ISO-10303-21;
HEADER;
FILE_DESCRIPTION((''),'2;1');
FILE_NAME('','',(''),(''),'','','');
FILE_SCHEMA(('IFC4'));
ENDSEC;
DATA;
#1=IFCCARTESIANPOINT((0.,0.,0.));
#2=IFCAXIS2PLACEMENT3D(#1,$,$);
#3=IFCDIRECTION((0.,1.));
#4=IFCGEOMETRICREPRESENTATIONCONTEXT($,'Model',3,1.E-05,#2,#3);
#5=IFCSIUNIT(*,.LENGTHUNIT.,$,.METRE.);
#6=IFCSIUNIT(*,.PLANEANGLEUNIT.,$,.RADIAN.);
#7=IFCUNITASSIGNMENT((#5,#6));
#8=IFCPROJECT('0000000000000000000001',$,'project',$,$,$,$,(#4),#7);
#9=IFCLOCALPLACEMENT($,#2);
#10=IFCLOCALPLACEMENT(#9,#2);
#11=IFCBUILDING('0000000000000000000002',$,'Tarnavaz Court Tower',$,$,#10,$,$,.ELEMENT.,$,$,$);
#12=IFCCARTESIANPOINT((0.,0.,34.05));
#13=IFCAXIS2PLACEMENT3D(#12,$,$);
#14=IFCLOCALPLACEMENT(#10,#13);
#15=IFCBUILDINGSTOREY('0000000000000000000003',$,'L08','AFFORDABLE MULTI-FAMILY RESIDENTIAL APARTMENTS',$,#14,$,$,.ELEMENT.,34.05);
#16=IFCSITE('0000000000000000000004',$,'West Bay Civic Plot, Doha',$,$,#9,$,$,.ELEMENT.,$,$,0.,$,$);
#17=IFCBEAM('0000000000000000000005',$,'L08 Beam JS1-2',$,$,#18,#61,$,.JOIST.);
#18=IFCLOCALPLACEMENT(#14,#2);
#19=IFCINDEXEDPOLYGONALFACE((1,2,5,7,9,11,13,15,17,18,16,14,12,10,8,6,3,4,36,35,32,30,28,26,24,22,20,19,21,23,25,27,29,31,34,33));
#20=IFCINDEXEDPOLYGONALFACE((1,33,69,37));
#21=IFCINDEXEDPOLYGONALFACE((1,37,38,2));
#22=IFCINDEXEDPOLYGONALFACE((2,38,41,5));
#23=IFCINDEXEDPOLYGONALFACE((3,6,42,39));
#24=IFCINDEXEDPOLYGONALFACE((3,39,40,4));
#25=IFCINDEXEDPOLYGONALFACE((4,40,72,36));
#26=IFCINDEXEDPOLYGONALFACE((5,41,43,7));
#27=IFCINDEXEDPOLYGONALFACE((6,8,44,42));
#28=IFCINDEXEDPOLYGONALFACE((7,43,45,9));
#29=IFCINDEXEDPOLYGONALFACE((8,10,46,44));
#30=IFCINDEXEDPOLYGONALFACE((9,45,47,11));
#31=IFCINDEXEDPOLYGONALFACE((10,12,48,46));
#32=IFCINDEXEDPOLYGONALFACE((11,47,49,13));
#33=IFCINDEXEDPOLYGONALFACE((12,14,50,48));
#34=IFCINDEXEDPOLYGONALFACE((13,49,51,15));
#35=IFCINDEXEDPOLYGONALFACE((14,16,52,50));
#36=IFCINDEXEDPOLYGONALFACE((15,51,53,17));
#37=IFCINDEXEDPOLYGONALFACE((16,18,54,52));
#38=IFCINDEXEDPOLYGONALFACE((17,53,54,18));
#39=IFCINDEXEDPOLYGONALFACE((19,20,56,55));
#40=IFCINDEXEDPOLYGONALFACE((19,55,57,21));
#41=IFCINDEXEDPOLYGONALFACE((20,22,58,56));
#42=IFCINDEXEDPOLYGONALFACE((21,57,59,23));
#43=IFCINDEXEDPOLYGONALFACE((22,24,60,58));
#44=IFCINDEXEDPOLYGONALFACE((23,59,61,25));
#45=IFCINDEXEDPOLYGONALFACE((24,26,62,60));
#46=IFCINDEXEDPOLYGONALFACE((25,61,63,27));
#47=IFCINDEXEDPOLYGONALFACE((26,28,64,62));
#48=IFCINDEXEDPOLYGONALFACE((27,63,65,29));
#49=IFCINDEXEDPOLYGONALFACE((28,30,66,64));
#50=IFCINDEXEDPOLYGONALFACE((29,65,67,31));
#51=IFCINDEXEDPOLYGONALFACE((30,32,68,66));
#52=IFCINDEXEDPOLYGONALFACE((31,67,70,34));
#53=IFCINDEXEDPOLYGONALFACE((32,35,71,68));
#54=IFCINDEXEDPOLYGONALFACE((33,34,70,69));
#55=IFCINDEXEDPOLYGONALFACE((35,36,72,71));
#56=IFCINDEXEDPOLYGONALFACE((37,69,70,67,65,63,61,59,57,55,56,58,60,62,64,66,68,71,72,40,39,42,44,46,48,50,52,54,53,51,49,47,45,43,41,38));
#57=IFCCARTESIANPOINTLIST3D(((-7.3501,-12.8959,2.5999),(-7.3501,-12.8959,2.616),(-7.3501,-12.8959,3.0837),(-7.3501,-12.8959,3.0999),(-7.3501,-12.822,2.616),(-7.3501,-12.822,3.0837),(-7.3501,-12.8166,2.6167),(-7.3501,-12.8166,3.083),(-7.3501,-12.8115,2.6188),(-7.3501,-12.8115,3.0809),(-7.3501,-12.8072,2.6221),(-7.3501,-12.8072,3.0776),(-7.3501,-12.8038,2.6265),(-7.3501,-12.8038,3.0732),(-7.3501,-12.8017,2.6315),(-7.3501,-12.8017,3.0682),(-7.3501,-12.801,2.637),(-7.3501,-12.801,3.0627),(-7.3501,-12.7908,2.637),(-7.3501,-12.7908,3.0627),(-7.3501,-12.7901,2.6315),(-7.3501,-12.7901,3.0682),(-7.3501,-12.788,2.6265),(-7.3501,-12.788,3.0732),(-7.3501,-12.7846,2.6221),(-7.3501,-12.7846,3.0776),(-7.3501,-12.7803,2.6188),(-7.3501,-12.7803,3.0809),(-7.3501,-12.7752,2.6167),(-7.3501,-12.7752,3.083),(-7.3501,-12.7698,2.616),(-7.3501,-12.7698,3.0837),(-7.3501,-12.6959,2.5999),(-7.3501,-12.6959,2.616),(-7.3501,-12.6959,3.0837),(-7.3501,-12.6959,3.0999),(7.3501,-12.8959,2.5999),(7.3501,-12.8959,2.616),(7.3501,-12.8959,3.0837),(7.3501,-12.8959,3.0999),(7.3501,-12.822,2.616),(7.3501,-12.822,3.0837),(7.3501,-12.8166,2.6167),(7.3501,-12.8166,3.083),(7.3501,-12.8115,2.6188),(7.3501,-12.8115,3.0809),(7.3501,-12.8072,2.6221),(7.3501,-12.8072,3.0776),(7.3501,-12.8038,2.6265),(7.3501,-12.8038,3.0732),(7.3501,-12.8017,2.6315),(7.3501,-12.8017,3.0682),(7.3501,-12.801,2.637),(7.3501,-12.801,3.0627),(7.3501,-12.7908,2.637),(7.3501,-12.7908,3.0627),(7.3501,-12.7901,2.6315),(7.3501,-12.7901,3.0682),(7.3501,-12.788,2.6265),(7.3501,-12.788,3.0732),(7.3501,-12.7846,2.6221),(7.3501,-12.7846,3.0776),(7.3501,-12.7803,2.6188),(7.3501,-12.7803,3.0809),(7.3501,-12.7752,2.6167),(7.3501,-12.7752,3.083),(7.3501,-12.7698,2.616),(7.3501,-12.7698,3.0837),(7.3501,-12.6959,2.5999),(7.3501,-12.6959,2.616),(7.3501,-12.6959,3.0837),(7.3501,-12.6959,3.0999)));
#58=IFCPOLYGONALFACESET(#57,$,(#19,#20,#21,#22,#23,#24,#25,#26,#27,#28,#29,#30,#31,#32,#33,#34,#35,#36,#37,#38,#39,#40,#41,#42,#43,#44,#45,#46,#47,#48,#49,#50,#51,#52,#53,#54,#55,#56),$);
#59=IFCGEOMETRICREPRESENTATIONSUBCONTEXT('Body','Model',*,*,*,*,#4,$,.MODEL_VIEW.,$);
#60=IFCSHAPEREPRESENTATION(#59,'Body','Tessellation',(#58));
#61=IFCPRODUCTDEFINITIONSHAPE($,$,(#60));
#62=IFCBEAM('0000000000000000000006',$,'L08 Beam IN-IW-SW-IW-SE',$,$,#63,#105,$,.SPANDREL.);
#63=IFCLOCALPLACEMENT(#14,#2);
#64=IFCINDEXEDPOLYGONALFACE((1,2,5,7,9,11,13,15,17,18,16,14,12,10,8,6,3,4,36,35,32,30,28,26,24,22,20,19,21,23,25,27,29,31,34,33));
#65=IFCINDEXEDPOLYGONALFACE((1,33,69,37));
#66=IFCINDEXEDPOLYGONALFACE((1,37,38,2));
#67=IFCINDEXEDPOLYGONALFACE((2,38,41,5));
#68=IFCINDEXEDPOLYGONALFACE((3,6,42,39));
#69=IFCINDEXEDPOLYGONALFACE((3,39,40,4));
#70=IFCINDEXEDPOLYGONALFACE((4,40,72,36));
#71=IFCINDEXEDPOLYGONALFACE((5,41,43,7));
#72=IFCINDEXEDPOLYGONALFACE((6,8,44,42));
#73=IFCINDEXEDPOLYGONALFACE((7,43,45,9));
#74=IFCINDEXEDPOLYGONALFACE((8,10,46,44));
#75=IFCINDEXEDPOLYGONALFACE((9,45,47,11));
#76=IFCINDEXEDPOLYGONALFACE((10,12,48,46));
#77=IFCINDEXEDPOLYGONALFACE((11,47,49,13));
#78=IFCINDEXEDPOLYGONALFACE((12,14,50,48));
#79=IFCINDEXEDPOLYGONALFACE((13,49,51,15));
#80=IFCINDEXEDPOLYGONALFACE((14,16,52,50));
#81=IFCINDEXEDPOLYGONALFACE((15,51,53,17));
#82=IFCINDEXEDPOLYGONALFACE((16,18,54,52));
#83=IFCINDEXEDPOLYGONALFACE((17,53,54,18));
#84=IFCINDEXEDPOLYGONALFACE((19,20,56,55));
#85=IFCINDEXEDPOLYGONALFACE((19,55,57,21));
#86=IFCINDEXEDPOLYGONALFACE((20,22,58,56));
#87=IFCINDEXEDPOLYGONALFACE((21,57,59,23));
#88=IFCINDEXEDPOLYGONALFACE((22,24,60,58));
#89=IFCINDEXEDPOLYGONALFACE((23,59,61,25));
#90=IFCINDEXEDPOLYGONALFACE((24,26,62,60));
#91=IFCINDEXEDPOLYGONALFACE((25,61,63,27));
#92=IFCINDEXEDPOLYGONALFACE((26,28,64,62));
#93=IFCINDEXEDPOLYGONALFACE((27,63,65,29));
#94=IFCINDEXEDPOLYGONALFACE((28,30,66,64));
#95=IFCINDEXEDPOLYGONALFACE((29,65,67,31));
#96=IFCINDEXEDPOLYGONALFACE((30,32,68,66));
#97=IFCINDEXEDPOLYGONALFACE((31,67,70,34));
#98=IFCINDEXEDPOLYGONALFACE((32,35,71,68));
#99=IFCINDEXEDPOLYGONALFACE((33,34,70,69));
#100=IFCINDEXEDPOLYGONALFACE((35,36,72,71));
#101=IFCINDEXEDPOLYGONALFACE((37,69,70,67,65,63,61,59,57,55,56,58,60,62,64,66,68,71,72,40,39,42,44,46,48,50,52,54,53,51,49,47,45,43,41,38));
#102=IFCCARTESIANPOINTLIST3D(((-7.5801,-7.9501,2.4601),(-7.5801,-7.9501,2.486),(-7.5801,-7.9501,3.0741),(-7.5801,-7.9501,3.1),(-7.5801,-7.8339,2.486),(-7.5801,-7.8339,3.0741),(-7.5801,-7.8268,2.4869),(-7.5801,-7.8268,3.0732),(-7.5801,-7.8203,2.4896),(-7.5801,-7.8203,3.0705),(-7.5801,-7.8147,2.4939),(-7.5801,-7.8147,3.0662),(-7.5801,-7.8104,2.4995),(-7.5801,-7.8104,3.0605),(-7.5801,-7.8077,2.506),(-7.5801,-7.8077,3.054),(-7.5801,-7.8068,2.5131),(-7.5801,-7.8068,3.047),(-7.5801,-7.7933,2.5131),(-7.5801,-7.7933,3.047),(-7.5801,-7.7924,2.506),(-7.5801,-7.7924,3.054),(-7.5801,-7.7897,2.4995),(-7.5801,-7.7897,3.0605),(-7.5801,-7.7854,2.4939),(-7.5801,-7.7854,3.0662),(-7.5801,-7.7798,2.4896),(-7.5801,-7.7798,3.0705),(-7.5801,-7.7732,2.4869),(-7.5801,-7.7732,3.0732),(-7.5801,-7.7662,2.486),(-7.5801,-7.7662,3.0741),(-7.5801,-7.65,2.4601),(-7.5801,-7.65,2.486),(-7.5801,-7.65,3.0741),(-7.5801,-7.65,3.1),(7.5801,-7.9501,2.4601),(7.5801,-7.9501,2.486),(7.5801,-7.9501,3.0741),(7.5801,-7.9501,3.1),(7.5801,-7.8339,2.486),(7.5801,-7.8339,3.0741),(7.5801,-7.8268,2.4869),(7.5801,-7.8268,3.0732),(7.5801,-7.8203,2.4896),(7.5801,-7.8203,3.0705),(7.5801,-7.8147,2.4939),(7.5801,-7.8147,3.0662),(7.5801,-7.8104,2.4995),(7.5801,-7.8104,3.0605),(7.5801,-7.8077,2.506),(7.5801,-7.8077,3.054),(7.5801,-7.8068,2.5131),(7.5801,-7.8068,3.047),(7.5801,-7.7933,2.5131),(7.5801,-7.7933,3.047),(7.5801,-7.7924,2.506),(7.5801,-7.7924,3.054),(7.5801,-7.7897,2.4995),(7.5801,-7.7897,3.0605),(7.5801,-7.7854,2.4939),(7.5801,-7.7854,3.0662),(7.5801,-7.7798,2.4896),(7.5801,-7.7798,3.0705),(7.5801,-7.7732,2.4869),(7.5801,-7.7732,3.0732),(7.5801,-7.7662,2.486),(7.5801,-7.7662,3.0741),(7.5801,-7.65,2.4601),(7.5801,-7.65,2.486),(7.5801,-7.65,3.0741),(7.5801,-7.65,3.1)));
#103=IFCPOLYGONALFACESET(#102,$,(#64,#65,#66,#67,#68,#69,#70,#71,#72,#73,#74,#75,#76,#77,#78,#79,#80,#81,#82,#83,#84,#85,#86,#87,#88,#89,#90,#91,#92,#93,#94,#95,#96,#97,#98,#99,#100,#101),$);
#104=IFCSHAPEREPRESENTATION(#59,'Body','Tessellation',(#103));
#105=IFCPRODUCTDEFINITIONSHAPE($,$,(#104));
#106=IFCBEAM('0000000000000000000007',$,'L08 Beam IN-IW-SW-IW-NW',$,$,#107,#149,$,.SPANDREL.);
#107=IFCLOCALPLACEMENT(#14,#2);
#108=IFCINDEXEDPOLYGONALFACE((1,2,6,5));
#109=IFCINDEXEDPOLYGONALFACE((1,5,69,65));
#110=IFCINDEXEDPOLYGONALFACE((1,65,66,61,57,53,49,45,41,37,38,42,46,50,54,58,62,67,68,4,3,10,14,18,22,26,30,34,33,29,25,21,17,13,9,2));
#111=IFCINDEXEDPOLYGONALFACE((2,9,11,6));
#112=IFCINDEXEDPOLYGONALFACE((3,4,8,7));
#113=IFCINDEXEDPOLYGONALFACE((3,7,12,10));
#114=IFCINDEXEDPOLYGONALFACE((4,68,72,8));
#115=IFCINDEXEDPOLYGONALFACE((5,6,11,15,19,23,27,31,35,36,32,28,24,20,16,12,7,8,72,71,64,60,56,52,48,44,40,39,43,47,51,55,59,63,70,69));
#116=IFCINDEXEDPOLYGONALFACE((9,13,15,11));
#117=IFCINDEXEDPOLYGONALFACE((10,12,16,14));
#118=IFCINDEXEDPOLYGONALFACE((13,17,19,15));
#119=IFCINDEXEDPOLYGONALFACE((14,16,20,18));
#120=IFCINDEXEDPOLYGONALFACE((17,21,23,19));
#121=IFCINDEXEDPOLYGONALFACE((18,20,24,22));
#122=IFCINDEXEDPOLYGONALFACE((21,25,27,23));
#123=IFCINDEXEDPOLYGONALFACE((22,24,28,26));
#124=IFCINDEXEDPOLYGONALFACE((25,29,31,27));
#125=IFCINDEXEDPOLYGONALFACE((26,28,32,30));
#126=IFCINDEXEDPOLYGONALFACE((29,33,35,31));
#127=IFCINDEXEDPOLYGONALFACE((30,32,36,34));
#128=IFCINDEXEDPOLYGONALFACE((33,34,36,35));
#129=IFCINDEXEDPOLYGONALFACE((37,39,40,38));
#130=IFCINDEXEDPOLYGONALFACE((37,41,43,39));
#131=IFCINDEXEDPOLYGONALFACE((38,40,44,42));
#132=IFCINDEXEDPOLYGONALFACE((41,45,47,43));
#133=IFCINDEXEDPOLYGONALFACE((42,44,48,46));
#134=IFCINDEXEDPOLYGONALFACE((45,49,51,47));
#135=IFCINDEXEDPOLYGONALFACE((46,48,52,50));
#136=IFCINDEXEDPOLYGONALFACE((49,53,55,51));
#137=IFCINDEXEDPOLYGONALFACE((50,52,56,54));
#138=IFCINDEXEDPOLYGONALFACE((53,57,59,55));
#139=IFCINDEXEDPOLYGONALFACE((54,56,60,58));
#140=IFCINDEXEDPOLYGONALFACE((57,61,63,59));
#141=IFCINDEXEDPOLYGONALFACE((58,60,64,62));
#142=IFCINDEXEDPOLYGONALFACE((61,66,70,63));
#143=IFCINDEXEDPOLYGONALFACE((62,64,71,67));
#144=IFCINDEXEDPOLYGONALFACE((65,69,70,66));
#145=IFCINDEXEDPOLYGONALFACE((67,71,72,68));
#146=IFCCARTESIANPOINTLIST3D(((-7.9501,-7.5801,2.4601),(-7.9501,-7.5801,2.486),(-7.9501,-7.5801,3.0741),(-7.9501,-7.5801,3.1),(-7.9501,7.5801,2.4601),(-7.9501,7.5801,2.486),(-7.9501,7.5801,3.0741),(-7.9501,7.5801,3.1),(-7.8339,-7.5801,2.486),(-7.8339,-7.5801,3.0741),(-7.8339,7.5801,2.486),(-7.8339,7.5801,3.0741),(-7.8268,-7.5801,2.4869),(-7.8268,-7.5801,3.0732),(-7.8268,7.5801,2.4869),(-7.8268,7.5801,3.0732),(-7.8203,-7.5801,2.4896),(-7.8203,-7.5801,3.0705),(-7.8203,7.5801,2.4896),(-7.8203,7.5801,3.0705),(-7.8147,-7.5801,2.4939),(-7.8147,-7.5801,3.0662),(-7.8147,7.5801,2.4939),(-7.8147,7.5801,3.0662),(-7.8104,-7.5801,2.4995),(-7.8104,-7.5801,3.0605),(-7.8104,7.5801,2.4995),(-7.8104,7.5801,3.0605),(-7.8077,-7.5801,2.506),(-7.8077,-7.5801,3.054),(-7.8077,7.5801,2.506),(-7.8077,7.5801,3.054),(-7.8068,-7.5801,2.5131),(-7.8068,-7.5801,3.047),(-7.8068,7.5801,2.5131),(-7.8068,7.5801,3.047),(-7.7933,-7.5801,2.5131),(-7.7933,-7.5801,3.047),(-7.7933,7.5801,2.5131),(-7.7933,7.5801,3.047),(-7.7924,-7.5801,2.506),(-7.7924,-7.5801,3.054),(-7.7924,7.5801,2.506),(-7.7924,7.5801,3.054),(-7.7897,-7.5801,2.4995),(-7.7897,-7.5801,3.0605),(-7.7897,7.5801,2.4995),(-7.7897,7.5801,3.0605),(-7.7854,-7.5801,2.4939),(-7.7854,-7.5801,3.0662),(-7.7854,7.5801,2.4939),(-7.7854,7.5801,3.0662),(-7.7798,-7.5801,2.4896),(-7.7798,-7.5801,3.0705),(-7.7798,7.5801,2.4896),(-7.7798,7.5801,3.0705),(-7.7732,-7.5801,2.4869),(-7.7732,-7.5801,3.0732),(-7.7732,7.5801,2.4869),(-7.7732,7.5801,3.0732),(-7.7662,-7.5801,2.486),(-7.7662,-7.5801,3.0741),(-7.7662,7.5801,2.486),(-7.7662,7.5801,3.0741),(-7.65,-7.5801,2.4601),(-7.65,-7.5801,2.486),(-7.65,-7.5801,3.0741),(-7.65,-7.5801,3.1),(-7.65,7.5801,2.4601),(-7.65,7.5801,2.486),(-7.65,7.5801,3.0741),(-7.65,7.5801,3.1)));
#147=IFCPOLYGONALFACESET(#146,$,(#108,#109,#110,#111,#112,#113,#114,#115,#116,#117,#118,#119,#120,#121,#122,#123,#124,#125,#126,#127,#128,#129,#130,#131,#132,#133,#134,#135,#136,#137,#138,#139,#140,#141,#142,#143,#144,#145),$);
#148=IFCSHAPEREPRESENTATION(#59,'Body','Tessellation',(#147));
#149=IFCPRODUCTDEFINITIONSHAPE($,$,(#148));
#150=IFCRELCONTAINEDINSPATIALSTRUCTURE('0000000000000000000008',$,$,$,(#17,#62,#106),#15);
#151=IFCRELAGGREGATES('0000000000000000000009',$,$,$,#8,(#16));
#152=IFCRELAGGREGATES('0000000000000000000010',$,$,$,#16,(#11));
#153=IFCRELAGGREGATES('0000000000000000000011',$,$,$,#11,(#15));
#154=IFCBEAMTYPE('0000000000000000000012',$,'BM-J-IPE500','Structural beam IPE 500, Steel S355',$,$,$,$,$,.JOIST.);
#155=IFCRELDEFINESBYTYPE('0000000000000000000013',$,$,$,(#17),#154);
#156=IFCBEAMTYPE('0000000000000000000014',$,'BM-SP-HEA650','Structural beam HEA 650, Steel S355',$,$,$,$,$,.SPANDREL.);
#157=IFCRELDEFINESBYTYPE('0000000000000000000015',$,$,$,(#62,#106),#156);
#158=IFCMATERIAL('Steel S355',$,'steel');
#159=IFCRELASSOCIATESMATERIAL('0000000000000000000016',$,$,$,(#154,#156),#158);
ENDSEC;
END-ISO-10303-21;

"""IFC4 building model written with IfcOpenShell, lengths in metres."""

from ifc_helpers import new_model, si_unit, direction, frame, origin, origin_2d, place, context, subcontext, project, spatial, i_section, extrude, material, material_profile, profile_set, type_object, element, save


model = new_model("IFC4")

# Units and contexts
model_context = context("Model", 3, precision=1e-05, world=origin(), true_north=direction((0.0, 1.0)))
body_context = subcontext(model_context, "Body", "Model", "MODEL_VIEW")
ifc_project = project(units=[si_unit("LENGTHUNIT", "METRE"), si_unit("PLANEANGLEUNIT", "RADIAN")], contexts=[model_context])

# Site, building, storey
site_placement = place(None, origin())
site = spatial("IfcSite", under=ifc_project, at=site_placement, Name="West Bay Civic Plot, Doha", CompositionType="ELEMENT", RefElevation=0.0)
building_placement = place(site_placement, origin())
building = spatial("IfcBuilding", under=site, at=building_placement, Name="Tarnavaz Court Tower", CompositionType="ELEMENT")
storey_placement = place(building_placement, frame((0.0, 0.0, 34.05)))
storey = spatial("IfcBuildingStorey", under=building, at=storey_placement, Name="L08", Description="AFFORDABLE MULTI-FAMILY RESIDENTIAL APARTMENTS", CompositionType="ELEMENT", Elevation=34.05)

# Beams
ifc_material_1 = material(Name="Steel S355", Category="steel")
ifc_material_profile_1 = material_profile(ifc_material_1, i_section(OverallWidth=0.2, OverallDepth=0.5, WebThickness=0.0103, FlangeThickness=0.0161, FilletRadius=0.021, at=origin_2d()), Name="IPE 500")
ifc_profile_set_1 = profile_set([ifc_material_profile_1], Name="Steel S355")
beam_type_1 = type_object("IfcBeamType", Name="BM-J-IPE500", Description="Structural beam IPE 500, Steel S355", PredefinedType="JOIST", material=ifc_profile_set_1)
beam_1_placement = place(storey_placement, frame((-7.3501, -12.7959, 2.8499), z_axis=(1.0, 0.0, 0.0), x_axis=(0.0, 1.0, 0.0)))
element("IfcBeam", 1, at=beam_1_placement, inside=storey, type_object=beam_type_1, Name="L08 Beam JS1-2", PredefinedType="JOIST", context=body_context, shape_type="SweptSolid", body=[
    extrude(i_section(OverallWidth=0.2, OverallDepth=0.5, WebThickness=0.0103, FlangeThickness=0.0161, FilletRadius=0.021, at=origin_2d()), origin(), (0.0, 0.0, 1.0), 14.7002),
])
ifc_material_profile_2 = material_profile(ifc_material_1, i_section(OverallWidth=0.3, OverallDepth=0.6399, WebThickness=0.0134, FlangeThickness=0.0259, FilletRadius=0.0271, at=origin_2d()), Name="HEA 650")
ifc_profile_set_2 = profile_set([ifc_material_profile_2], Name="Steel S355")
beam_type_2 = type_object("IfcBeamType", Name="BM-SP-HEA650", Description="Structural beam HEA 650, Steel S355", PredefinedType="SPANDREL", material=ifc_profile_set_2)
for number, where, z_axis, x_axis, name in (
    (2, (-7.5801, -7.8, 2.78), (1.0, 0.0, 0.0), (0.0, 1.0, 0.0), "L08 Beam IN-IW-SW-IW-SE"),
    (3, (-7.8, -7.5801, 2.78), (0.0, 1.0, 0.0), (-1.0, 0.0, 0.0), "L08 Beam IN-IW-SW-IW-NW"),
):
    element("IfcBeam", number, at=place(storey_placement, frame(where, z_axis=z_axis, x_axis=x_axis)), inside=storey, type_object=beam_type_2, Name=name, PredefinedType="SPANDREL", context=body_context, shape_type="SweptSolid", body=[
        extrude(i_section(OverallWidth=0.3, OverallDepth=0.6399, WebThickness=0.0134, FlangeThickness=0.0259, FilletRadius=0.0271, at=origin_2d()), origin(), (0.0, 0.0, 1.0), 15.1602),
    ])

save(model, "model.ifc")
